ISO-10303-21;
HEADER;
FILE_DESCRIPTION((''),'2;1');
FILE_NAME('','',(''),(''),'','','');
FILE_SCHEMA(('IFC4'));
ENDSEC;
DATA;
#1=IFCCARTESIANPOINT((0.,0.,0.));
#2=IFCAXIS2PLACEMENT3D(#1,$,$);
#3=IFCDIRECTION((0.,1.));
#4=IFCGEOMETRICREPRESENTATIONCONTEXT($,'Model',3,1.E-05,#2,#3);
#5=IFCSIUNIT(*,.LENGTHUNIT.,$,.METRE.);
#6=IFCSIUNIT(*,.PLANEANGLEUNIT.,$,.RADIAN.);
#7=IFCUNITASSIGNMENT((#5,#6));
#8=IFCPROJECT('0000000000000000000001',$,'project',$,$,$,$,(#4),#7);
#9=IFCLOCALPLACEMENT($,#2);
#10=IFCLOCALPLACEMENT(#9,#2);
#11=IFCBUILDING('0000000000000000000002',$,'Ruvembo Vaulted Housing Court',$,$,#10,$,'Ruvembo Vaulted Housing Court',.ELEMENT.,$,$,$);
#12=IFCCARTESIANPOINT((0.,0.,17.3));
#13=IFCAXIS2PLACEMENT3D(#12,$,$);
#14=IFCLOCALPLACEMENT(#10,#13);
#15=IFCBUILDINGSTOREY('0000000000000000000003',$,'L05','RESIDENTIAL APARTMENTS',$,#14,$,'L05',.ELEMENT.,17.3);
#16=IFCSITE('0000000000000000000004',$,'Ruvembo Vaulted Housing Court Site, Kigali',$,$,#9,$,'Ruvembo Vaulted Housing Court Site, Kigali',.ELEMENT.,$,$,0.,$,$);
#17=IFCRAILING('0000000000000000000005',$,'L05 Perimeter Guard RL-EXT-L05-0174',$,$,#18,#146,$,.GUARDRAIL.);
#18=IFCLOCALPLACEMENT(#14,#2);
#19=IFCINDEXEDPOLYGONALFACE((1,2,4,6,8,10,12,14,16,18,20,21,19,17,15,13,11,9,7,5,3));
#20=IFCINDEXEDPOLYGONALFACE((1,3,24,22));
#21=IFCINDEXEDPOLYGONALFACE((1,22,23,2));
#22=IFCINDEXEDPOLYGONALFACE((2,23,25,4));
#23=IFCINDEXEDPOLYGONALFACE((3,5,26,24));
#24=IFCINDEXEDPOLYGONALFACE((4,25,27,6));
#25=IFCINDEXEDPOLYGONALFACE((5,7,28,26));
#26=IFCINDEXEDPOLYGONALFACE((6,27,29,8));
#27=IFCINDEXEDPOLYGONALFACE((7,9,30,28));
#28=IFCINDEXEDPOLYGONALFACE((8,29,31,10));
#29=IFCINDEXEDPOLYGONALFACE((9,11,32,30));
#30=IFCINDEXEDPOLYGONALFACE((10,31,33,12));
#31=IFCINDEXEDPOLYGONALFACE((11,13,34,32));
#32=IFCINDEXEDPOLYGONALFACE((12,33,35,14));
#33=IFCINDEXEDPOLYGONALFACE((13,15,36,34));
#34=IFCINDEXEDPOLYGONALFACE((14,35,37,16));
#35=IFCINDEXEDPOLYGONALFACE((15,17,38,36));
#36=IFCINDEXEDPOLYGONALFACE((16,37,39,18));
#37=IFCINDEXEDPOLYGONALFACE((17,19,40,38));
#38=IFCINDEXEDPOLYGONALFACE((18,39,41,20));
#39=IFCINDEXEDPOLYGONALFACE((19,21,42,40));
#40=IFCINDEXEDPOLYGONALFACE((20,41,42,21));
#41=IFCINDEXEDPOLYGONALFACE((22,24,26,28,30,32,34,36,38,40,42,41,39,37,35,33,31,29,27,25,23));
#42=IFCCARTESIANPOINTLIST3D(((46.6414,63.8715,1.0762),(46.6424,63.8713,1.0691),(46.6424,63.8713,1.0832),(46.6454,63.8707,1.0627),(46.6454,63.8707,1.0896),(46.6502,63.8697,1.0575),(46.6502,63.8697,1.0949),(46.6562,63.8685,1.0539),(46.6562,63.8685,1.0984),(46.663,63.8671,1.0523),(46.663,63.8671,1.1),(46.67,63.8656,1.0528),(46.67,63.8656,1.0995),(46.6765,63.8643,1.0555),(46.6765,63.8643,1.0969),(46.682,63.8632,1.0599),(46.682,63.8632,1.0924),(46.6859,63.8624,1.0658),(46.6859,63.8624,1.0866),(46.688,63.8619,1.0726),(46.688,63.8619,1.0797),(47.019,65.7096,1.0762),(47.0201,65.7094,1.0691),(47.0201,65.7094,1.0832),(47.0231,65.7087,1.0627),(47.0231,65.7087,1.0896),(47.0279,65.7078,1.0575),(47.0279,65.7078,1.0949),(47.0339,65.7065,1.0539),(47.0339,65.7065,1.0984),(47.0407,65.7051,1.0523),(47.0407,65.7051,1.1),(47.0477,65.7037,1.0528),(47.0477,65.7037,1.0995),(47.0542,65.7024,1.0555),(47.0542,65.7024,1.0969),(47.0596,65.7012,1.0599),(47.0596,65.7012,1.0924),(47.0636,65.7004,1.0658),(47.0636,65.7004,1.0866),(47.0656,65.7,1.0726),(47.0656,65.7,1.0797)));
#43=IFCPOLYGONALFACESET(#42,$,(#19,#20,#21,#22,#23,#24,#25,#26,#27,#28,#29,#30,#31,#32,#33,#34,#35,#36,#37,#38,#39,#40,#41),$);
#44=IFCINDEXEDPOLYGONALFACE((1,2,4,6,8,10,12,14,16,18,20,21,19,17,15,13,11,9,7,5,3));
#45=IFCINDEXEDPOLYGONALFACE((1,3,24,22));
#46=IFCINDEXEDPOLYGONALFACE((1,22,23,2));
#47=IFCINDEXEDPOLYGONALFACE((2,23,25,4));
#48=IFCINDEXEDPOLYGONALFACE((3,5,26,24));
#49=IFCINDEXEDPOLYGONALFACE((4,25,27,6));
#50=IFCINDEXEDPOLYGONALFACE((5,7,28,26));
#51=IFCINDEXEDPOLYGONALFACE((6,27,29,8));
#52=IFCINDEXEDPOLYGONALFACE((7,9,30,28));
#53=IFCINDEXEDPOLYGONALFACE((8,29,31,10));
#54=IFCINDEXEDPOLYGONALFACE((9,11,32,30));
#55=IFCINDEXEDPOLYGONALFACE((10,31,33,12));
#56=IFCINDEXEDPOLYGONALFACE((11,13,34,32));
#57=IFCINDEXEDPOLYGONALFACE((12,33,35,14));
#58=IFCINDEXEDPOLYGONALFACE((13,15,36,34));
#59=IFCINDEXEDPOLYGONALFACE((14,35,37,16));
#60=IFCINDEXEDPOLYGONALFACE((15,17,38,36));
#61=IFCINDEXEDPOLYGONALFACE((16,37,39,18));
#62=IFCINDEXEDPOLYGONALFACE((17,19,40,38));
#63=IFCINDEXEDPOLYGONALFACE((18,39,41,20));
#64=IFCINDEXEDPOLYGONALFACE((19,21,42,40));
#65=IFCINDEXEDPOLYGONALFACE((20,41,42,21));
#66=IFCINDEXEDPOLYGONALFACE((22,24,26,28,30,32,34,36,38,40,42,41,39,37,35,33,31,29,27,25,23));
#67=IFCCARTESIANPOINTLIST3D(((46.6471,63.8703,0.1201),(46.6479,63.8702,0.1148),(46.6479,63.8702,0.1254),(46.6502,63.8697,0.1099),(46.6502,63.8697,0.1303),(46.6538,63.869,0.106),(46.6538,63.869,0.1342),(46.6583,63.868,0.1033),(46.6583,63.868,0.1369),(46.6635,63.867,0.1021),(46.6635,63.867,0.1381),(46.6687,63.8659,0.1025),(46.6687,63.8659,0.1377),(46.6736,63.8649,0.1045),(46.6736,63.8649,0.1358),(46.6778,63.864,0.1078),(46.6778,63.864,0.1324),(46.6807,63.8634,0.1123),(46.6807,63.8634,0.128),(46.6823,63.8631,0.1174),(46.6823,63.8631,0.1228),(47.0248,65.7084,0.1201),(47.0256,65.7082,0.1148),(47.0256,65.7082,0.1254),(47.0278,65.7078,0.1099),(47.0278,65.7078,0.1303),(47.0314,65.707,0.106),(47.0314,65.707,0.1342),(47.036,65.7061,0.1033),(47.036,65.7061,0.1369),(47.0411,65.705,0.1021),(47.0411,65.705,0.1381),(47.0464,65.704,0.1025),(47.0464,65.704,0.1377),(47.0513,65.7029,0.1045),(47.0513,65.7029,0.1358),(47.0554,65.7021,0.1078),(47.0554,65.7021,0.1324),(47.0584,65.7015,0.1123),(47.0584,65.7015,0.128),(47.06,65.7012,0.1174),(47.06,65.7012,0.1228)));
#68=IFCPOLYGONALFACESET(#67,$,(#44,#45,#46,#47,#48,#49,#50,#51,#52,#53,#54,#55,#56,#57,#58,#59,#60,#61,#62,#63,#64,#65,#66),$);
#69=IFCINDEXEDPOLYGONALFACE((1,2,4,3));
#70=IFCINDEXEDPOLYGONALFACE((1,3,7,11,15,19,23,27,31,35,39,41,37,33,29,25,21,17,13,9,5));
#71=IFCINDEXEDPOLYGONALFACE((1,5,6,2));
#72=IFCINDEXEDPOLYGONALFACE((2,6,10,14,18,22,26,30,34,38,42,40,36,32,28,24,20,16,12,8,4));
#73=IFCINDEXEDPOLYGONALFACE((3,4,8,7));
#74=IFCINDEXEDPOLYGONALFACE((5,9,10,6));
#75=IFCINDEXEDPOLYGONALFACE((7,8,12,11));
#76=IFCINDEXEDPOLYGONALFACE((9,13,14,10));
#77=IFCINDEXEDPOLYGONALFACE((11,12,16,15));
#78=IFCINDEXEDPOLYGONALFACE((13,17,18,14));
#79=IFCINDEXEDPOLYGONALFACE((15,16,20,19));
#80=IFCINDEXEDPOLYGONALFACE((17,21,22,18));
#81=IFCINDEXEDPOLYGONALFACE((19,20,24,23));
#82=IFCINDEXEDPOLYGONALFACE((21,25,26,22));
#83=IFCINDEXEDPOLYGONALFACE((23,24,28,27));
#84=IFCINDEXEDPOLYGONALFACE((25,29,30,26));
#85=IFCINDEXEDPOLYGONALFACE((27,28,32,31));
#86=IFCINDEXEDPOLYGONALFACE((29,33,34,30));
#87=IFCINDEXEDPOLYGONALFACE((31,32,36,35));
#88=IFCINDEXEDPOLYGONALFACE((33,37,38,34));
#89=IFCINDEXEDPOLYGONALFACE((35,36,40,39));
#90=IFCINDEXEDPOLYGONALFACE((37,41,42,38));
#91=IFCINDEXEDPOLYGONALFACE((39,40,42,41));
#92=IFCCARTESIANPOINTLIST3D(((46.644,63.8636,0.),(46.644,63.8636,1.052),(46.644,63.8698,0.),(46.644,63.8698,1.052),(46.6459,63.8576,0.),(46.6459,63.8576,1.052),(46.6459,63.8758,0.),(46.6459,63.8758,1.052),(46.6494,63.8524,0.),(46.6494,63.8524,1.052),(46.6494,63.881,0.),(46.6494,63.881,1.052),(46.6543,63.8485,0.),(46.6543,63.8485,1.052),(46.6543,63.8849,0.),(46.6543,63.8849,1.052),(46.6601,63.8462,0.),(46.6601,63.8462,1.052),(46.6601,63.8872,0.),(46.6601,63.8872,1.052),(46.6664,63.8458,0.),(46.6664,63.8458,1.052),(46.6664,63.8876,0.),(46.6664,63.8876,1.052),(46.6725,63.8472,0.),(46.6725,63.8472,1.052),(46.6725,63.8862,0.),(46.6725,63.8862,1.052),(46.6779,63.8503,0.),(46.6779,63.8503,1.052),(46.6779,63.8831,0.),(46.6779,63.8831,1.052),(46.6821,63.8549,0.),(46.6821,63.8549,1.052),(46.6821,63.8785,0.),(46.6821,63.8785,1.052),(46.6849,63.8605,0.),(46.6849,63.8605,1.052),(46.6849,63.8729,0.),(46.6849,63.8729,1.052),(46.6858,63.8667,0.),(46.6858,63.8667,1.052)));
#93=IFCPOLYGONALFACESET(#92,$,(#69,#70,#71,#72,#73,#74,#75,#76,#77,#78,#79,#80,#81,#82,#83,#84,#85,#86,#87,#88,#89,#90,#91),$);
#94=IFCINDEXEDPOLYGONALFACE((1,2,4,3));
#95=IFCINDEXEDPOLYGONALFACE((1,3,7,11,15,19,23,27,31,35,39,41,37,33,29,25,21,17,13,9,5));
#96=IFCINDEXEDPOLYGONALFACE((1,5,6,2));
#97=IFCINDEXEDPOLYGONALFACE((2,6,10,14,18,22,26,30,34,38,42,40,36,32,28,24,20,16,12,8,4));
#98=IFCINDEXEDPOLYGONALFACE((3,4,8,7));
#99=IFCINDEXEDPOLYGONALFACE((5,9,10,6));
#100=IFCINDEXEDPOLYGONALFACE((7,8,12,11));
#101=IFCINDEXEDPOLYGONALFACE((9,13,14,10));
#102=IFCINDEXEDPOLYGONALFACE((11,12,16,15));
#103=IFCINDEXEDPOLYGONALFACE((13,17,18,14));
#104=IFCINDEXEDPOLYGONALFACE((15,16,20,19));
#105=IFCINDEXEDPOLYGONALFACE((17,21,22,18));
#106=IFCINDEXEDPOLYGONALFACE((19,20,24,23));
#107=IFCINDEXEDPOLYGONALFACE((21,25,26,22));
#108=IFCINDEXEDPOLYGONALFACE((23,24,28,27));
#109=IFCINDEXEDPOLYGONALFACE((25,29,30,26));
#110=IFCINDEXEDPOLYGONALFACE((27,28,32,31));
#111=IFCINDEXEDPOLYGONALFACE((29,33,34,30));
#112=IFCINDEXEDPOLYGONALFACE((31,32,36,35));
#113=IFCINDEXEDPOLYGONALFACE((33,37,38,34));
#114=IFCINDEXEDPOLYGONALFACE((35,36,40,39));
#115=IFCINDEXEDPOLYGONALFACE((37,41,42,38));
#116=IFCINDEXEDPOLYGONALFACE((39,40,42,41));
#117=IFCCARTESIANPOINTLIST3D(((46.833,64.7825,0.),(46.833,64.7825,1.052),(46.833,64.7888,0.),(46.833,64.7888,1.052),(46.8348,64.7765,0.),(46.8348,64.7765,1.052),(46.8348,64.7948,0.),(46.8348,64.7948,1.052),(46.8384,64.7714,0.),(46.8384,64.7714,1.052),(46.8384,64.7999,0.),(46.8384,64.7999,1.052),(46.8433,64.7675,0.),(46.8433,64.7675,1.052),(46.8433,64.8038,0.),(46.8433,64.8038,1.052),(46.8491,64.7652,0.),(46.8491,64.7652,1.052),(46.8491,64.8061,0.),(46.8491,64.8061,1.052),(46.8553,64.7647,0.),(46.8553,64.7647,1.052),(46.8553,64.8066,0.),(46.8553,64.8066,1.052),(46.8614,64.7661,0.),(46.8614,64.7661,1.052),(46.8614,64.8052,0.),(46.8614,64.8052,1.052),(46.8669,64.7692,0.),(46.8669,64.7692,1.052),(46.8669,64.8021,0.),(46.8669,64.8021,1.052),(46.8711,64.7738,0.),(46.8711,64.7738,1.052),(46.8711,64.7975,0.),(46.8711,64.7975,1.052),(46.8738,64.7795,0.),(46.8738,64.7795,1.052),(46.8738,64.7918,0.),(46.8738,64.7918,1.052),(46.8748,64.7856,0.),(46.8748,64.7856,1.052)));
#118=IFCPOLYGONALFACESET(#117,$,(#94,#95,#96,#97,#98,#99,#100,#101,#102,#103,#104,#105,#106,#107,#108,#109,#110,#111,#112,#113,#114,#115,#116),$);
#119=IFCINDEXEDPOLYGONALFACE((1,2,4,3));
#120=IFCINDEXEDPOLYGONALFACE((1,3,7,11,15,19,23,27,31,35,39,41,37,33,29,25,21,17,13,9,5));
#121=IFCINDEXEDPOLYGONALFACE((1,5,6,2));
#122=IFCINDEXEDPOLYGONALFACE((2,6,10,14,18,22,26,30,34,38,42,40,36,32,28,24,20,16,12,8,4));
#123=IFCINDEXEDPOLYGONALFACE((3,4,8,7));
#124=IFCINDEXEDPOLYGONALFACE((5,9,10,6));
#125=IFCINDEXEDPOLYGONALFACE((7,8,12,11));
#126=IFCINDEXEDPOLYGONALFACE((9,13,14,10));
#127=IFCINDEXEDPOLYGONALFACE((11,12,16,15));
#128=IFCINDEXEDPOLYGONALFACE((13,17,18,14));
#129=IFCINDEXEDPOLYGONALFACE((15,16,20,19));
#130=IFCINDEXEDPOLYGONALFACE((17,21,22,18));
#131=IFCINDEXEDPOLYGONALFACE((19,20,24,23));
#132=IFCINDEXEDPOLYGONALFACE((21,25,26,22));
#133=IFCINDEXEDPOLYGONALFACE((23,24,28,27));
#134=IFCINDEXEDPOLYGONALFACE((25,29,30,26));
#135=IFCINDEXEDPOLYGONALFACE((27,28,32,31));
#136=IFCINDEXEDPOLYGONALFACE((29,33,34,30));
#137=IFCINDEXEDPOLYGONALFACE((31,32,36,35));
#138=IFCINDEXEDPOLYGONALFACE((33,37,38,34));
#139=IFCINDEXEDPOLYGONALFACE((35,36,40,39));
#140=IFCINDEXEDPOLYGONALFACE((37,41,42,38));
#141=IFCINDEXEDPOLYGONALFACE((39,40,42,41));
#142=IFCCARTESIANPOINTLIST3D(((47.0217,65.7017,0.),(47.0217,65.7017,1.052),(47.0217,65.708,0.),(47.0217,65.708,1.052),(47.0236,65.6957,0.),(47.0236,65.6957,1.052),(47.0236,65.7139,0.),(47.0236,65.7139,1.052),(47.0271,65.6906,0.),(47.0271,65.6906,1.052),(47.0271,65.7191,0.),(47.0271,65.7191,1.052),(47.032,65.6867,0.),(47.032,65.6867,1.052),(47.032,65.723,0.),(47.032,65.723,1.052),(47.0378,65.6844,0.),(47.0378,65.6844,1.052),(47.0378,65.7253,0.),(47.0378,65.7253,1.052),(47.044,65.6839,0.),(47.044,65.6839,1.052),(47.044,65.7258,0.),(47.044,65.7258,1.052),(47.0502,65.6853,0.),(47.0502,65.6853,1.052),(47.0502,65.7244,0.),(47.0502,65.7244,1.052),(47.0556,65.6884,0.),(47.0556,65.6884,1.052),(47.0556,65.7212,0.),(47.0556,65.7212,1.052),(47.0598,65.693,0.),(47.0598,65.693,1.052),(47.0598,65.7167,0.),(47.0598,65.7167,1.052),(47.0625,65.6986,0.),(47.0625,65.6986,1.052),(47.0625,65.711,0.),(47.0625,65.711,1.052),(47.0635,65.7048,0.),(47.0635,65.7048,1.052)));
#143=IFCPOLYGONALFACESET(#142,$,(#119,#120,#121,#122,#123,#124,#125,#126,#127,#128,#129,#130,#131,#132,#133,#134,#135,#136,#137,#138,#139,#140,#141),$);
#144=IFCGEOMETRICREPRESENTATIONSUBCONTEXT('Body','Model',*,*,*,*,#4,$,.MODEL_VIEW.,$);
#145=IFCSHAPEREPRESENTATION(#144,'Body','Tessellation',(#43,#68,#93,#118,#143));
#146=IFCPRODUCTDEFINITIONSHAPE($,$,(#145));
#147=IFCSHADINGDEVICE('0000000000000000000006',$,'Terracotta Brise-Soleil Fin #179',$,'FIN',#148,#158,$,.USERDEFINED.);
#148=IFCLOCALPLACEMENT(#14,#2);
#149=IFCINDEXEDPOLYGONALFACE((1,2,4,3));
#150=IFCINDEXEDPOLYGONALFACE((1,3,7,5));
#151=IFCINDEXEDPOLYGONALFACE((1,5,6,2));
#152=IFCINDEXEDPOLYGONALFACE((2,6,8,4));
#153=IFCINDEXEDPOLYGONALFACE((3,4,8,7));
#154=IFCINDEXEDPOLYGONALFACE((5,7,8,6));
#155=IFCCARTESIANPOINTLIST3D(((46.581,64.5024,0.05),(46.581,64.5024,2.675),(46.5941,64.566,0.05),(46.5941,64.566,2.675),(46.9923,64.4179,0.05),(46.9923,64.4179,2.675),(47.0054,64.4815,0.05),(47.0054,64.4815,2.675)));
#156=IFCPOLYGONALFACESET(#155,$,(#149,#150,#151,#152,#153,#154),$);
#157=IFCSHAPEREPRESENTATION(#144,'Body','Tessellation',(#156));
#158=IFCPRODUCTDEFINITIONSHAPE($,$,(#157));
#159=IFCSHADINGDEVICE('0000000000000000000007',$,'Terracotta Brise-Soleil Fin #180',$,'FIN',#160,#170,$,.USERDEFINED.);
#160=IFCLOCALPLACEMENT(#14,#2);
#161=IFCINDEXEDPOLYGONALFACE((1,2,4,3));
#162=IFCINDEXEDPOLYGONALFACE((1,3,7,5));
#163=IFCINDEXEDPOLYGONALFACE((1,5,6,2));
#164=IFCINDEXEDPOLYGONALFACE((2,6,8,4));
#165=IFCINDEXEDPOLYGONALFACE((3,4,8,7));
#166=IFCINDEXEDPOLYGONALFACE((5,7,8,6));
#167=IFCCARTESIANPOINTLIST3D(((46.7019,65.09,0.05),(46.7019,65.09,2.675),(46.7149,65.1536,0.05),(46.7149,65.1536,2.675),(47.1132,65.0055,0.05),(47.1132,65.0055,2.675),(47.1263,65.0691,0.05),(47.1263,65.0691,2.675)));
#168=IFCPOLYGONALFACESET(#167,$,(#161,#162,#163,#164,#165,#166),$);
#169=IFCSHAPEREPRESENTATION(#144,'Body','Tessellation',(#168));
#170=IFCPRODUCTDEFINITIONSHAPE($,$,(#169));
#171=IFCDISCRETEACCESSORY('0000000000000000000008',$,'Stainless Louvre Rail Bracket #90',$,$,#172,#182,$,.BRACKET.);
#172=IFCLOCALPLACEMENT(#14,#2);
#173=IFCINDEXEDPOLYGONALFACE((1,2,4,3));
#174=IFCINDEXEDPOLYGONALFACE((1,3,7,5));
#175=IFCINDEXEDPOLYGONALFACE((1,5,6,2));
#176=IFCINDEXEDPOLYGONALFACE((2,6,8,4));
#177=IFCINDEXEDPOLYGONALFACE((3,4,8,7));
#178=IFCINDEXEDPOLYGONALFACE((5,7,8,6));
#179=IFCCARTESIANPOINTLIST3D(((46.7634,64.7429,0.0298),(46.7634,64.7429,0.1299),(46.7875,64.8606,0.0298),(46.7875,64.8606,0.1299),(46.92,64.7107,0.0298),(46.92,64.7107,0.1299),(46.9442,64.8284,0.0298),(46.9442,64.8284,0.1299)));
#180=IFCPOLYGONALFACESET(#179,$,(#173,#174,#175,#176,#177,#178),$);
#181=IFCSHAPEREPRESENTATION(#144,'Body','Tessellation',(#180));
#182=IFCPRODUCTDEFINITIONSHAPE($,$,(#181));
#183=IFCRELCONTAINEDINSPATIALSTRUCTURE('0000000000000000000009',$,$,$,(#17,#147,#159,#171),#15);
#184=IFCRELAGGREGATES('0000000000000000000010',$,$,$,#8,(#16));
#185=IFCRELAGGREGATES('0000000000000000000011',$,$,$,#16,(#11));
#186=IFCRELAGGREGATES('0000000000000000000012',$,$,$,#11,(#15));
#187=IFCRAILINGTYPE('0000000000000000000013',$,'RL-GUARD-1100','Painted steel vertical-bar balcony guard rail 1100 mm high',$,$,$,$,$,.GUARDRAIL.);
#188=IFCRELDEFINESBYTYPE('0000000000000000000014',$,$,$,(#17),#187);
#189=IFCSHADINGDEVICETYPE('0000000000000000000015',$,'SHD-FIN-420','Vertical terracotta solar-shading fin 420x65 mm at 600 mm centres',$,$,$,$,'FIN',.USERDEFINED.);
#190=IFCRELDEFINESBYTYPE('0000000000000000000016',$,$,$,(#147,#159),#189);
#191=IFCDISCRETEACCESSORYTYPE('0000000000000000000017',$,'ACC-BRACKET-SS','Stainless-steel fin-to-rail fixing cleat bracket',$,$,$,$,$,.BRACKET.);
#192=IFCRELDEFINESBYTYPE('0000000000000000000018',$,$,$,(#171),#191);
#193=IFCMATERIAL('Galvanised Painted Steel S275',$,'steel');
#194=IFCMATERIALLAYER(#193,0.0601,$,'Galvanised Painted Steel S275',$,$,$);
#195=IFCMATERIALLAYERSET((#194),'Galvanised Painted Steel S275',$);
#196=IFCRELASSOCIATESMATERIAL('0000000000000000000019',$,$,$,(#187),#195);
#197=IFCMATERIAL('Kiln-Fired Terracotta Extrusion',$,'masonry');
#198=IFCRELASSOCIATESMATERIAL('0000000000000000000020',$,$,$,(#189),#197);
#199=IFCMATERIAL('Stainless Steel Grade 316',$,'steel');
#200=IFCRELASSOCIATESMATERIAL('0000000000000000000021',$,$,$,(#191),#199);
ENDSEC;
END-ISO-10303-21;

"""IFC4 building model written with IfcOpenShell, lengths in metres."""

from ifc_helpers import new_model, si_unit, direction, frame, origin, origin_2d, place, context, subcontext, project, spatial, rectangle, circle, extrude, material, layer, layer_set, type_object, element, save


model = new_model("IFC4")

# Units and contexts
model_context = context("Model", 3, precision=1e-05, world=origin(), true_north=direction((0.0, 1.0)))
body_context = subcontext(model_context, "Body", "Model", "MODEL_VIEW")
ifc_project = project(units=[si_unit("LENGTHUNIT", "METRE"), si_unit("PLANEANGLEUNIT", "RADIAN")], contexts=[model_context])

# Site, building, storey
site_placement = place(None, origin())
site = spatial("IfcSite", under=ifc_project, at=site_placement, Name="Ruvembo Vaulted Housing Court Site, Kigali", LongName="Ruvembo Vaulted Housing Court Site, Kigali", CompositionType="ELEMENT", RefElevation=0.0)
building_placement = place(site_placement, origin())
building = spatial("IfcBuilding", under=site, at=building_placement, Name="Ruvembo Vaulted Housing Court", LongName="Ruvembo Vaulted Housing Court", CompositionType="ELEMENT")
storey_placement = place(building_placement, frame((0.0, 0.0, 17.3)))
storey = spatial("IfcBuildingStorey", under=building, at=storey_placement, Name="L05", Description="RESIDENTIAL APARTMENTS", LongName="L05", CompositionType="ELEMENT", Elevation=17.3)

# Railing
ifc_material_1 = material(Name="Galvanised Painted Steel S275", Category="steel")
ifc_layer_1 = layer(ifc_material_1, 0.0601, Name="Galvanised Painted Steel S275")
ifc_layer_set_1 = layer_set([ifc_layer_1], Name="Galvanised Painted Steel S275")
railing_type = type_object("IfcRailingType", Name="RL-GUARD-1100", Description="Painted steel vertical-bar balcony guard rail 1100 mm high", PredefinedType="GUARDRAIL", material=ifc_layer_set_1)
railing_placement = place(storey_placement, frame((46.6648, 63.8667, 0.0)))
element("IfcRailing", 1, at=railing_placement, inside=storey, type_object=railing_type, Name="L05 Perimeter Guard RL-EXT-L05-0174", PredefinedType="GUARDRAIL", context=body_context, shape_type="SweptSolid", body=[
    extrude(circle(Radius=0.0239, at=origin_2d()), frame((0.0, 0.0, 1.0762), z_axis=(0.201267, 0.979536, 0.0), x_axis=(-0.979536, 0.201267, 0.0)), (0.0, 0.0, 1.0), 1.8765),
    extrude(circle(Radius=0.0181, at=origin_2d()), frame((0.0, 0.0, 0.1201), z_axis=(0.201267, 0.979536, 0.0), x_axis=(-0.979536, 0.201267, 0.0)), (0.0, 0.0, 1.0), 1.8765),
    extrude(circle(Radius=0.021, at=origin_2d()), origin(), (0.0, 0.0, 1.0), 1.052),
    extrude(circle(Radius=0.021, at=origin_2d()), frame((0.189, 0.9189, 0.0)), (0.0, 0.0, 1.0), 1.052),
    extrude(circle(Radius=0.021, at=origin_2d()), frame((0.3777, 1.8381, 0.0)), (0.0, 0.0, 1.0), 1.052),
])

# Shading devices
ifc_material_2 = material(Name="Kiln-Fired Terracotta Extrusion", Category="masonry")
shading_device_type = type_object("IfcShadingDeviceType", Name="SHD-FIN-420", Description="Vertical terracotta solar-shading fin 420x65 mm at 600 mm centres", ElementType="FIN", PredefinedType="USERDEFINED", material=ifc_material_2)
for number, where, z_axis, x_axis, name in (
    (2, (46.7932, 64.4919, 0.05), (0.0, 0.0, 1.0), (0.979547, -0.201215, 0.0), "Terracotta Brise-Soleil Fin #179"),
    (3, (46.9141, 65.0796, 0.05), (0.0, 0.0, 1.0), (0.979547, -0.201215, 0.0), "Terracotta Brise-Soleil Fin #180"),
):
    element("IfcShadingDevice", number, at=place(storey_placement, frame(where, z_axis=z_axis, x_axis=x_axis)), inside=storey, type_object=shading_device_type, Name=name, ObjectType="FIN", PredefinedType="USERDEFINED", context=body_context, shape_type="SweptSolid", body=[
        extrude(rectangle(XDim=0.4199, YDim=0.0649, at=origin_2d()), origin(), (0.0, 0.0, 1.0), 2.625),
    ])

# Discrete accessory
ifc_material_3 = material(Name="Stainless Steel Grade 316", Category="steel")
discrete_accessory_type = type_object("IfcDiscreteAccessoryType", Name="ACC-BRACKET-SS", Description="Stainless-steel fin-to-rail fixing cleat bracket", PredefinedType="BRACKET", material=ifc_material_3)
discrete_accessory_placement = place(storey_placement, frame((46.8538, 64.7856, 0.0298), z_axis=(0.0, 0.0, 1.0), x_axis=(0.979547, -0.201215, 0.0)))
element("IfcDiscreteAccessory", 4, at=discrete_accessory_placement, inside=storey, type_object=discrete_accessory_type, Name="Stainless Louvre Rail Bracket #90", PredefinedType="BRACKET", context=body_context, shape_type="SweptSolid", body=[
    extrude(rectangle(XDim=0.1599, YDim=0.1201, at=origin_2d()), origin(), (0.0, 0.0, 1.0), 0.1001),
])

save(model, "model.ifc")
